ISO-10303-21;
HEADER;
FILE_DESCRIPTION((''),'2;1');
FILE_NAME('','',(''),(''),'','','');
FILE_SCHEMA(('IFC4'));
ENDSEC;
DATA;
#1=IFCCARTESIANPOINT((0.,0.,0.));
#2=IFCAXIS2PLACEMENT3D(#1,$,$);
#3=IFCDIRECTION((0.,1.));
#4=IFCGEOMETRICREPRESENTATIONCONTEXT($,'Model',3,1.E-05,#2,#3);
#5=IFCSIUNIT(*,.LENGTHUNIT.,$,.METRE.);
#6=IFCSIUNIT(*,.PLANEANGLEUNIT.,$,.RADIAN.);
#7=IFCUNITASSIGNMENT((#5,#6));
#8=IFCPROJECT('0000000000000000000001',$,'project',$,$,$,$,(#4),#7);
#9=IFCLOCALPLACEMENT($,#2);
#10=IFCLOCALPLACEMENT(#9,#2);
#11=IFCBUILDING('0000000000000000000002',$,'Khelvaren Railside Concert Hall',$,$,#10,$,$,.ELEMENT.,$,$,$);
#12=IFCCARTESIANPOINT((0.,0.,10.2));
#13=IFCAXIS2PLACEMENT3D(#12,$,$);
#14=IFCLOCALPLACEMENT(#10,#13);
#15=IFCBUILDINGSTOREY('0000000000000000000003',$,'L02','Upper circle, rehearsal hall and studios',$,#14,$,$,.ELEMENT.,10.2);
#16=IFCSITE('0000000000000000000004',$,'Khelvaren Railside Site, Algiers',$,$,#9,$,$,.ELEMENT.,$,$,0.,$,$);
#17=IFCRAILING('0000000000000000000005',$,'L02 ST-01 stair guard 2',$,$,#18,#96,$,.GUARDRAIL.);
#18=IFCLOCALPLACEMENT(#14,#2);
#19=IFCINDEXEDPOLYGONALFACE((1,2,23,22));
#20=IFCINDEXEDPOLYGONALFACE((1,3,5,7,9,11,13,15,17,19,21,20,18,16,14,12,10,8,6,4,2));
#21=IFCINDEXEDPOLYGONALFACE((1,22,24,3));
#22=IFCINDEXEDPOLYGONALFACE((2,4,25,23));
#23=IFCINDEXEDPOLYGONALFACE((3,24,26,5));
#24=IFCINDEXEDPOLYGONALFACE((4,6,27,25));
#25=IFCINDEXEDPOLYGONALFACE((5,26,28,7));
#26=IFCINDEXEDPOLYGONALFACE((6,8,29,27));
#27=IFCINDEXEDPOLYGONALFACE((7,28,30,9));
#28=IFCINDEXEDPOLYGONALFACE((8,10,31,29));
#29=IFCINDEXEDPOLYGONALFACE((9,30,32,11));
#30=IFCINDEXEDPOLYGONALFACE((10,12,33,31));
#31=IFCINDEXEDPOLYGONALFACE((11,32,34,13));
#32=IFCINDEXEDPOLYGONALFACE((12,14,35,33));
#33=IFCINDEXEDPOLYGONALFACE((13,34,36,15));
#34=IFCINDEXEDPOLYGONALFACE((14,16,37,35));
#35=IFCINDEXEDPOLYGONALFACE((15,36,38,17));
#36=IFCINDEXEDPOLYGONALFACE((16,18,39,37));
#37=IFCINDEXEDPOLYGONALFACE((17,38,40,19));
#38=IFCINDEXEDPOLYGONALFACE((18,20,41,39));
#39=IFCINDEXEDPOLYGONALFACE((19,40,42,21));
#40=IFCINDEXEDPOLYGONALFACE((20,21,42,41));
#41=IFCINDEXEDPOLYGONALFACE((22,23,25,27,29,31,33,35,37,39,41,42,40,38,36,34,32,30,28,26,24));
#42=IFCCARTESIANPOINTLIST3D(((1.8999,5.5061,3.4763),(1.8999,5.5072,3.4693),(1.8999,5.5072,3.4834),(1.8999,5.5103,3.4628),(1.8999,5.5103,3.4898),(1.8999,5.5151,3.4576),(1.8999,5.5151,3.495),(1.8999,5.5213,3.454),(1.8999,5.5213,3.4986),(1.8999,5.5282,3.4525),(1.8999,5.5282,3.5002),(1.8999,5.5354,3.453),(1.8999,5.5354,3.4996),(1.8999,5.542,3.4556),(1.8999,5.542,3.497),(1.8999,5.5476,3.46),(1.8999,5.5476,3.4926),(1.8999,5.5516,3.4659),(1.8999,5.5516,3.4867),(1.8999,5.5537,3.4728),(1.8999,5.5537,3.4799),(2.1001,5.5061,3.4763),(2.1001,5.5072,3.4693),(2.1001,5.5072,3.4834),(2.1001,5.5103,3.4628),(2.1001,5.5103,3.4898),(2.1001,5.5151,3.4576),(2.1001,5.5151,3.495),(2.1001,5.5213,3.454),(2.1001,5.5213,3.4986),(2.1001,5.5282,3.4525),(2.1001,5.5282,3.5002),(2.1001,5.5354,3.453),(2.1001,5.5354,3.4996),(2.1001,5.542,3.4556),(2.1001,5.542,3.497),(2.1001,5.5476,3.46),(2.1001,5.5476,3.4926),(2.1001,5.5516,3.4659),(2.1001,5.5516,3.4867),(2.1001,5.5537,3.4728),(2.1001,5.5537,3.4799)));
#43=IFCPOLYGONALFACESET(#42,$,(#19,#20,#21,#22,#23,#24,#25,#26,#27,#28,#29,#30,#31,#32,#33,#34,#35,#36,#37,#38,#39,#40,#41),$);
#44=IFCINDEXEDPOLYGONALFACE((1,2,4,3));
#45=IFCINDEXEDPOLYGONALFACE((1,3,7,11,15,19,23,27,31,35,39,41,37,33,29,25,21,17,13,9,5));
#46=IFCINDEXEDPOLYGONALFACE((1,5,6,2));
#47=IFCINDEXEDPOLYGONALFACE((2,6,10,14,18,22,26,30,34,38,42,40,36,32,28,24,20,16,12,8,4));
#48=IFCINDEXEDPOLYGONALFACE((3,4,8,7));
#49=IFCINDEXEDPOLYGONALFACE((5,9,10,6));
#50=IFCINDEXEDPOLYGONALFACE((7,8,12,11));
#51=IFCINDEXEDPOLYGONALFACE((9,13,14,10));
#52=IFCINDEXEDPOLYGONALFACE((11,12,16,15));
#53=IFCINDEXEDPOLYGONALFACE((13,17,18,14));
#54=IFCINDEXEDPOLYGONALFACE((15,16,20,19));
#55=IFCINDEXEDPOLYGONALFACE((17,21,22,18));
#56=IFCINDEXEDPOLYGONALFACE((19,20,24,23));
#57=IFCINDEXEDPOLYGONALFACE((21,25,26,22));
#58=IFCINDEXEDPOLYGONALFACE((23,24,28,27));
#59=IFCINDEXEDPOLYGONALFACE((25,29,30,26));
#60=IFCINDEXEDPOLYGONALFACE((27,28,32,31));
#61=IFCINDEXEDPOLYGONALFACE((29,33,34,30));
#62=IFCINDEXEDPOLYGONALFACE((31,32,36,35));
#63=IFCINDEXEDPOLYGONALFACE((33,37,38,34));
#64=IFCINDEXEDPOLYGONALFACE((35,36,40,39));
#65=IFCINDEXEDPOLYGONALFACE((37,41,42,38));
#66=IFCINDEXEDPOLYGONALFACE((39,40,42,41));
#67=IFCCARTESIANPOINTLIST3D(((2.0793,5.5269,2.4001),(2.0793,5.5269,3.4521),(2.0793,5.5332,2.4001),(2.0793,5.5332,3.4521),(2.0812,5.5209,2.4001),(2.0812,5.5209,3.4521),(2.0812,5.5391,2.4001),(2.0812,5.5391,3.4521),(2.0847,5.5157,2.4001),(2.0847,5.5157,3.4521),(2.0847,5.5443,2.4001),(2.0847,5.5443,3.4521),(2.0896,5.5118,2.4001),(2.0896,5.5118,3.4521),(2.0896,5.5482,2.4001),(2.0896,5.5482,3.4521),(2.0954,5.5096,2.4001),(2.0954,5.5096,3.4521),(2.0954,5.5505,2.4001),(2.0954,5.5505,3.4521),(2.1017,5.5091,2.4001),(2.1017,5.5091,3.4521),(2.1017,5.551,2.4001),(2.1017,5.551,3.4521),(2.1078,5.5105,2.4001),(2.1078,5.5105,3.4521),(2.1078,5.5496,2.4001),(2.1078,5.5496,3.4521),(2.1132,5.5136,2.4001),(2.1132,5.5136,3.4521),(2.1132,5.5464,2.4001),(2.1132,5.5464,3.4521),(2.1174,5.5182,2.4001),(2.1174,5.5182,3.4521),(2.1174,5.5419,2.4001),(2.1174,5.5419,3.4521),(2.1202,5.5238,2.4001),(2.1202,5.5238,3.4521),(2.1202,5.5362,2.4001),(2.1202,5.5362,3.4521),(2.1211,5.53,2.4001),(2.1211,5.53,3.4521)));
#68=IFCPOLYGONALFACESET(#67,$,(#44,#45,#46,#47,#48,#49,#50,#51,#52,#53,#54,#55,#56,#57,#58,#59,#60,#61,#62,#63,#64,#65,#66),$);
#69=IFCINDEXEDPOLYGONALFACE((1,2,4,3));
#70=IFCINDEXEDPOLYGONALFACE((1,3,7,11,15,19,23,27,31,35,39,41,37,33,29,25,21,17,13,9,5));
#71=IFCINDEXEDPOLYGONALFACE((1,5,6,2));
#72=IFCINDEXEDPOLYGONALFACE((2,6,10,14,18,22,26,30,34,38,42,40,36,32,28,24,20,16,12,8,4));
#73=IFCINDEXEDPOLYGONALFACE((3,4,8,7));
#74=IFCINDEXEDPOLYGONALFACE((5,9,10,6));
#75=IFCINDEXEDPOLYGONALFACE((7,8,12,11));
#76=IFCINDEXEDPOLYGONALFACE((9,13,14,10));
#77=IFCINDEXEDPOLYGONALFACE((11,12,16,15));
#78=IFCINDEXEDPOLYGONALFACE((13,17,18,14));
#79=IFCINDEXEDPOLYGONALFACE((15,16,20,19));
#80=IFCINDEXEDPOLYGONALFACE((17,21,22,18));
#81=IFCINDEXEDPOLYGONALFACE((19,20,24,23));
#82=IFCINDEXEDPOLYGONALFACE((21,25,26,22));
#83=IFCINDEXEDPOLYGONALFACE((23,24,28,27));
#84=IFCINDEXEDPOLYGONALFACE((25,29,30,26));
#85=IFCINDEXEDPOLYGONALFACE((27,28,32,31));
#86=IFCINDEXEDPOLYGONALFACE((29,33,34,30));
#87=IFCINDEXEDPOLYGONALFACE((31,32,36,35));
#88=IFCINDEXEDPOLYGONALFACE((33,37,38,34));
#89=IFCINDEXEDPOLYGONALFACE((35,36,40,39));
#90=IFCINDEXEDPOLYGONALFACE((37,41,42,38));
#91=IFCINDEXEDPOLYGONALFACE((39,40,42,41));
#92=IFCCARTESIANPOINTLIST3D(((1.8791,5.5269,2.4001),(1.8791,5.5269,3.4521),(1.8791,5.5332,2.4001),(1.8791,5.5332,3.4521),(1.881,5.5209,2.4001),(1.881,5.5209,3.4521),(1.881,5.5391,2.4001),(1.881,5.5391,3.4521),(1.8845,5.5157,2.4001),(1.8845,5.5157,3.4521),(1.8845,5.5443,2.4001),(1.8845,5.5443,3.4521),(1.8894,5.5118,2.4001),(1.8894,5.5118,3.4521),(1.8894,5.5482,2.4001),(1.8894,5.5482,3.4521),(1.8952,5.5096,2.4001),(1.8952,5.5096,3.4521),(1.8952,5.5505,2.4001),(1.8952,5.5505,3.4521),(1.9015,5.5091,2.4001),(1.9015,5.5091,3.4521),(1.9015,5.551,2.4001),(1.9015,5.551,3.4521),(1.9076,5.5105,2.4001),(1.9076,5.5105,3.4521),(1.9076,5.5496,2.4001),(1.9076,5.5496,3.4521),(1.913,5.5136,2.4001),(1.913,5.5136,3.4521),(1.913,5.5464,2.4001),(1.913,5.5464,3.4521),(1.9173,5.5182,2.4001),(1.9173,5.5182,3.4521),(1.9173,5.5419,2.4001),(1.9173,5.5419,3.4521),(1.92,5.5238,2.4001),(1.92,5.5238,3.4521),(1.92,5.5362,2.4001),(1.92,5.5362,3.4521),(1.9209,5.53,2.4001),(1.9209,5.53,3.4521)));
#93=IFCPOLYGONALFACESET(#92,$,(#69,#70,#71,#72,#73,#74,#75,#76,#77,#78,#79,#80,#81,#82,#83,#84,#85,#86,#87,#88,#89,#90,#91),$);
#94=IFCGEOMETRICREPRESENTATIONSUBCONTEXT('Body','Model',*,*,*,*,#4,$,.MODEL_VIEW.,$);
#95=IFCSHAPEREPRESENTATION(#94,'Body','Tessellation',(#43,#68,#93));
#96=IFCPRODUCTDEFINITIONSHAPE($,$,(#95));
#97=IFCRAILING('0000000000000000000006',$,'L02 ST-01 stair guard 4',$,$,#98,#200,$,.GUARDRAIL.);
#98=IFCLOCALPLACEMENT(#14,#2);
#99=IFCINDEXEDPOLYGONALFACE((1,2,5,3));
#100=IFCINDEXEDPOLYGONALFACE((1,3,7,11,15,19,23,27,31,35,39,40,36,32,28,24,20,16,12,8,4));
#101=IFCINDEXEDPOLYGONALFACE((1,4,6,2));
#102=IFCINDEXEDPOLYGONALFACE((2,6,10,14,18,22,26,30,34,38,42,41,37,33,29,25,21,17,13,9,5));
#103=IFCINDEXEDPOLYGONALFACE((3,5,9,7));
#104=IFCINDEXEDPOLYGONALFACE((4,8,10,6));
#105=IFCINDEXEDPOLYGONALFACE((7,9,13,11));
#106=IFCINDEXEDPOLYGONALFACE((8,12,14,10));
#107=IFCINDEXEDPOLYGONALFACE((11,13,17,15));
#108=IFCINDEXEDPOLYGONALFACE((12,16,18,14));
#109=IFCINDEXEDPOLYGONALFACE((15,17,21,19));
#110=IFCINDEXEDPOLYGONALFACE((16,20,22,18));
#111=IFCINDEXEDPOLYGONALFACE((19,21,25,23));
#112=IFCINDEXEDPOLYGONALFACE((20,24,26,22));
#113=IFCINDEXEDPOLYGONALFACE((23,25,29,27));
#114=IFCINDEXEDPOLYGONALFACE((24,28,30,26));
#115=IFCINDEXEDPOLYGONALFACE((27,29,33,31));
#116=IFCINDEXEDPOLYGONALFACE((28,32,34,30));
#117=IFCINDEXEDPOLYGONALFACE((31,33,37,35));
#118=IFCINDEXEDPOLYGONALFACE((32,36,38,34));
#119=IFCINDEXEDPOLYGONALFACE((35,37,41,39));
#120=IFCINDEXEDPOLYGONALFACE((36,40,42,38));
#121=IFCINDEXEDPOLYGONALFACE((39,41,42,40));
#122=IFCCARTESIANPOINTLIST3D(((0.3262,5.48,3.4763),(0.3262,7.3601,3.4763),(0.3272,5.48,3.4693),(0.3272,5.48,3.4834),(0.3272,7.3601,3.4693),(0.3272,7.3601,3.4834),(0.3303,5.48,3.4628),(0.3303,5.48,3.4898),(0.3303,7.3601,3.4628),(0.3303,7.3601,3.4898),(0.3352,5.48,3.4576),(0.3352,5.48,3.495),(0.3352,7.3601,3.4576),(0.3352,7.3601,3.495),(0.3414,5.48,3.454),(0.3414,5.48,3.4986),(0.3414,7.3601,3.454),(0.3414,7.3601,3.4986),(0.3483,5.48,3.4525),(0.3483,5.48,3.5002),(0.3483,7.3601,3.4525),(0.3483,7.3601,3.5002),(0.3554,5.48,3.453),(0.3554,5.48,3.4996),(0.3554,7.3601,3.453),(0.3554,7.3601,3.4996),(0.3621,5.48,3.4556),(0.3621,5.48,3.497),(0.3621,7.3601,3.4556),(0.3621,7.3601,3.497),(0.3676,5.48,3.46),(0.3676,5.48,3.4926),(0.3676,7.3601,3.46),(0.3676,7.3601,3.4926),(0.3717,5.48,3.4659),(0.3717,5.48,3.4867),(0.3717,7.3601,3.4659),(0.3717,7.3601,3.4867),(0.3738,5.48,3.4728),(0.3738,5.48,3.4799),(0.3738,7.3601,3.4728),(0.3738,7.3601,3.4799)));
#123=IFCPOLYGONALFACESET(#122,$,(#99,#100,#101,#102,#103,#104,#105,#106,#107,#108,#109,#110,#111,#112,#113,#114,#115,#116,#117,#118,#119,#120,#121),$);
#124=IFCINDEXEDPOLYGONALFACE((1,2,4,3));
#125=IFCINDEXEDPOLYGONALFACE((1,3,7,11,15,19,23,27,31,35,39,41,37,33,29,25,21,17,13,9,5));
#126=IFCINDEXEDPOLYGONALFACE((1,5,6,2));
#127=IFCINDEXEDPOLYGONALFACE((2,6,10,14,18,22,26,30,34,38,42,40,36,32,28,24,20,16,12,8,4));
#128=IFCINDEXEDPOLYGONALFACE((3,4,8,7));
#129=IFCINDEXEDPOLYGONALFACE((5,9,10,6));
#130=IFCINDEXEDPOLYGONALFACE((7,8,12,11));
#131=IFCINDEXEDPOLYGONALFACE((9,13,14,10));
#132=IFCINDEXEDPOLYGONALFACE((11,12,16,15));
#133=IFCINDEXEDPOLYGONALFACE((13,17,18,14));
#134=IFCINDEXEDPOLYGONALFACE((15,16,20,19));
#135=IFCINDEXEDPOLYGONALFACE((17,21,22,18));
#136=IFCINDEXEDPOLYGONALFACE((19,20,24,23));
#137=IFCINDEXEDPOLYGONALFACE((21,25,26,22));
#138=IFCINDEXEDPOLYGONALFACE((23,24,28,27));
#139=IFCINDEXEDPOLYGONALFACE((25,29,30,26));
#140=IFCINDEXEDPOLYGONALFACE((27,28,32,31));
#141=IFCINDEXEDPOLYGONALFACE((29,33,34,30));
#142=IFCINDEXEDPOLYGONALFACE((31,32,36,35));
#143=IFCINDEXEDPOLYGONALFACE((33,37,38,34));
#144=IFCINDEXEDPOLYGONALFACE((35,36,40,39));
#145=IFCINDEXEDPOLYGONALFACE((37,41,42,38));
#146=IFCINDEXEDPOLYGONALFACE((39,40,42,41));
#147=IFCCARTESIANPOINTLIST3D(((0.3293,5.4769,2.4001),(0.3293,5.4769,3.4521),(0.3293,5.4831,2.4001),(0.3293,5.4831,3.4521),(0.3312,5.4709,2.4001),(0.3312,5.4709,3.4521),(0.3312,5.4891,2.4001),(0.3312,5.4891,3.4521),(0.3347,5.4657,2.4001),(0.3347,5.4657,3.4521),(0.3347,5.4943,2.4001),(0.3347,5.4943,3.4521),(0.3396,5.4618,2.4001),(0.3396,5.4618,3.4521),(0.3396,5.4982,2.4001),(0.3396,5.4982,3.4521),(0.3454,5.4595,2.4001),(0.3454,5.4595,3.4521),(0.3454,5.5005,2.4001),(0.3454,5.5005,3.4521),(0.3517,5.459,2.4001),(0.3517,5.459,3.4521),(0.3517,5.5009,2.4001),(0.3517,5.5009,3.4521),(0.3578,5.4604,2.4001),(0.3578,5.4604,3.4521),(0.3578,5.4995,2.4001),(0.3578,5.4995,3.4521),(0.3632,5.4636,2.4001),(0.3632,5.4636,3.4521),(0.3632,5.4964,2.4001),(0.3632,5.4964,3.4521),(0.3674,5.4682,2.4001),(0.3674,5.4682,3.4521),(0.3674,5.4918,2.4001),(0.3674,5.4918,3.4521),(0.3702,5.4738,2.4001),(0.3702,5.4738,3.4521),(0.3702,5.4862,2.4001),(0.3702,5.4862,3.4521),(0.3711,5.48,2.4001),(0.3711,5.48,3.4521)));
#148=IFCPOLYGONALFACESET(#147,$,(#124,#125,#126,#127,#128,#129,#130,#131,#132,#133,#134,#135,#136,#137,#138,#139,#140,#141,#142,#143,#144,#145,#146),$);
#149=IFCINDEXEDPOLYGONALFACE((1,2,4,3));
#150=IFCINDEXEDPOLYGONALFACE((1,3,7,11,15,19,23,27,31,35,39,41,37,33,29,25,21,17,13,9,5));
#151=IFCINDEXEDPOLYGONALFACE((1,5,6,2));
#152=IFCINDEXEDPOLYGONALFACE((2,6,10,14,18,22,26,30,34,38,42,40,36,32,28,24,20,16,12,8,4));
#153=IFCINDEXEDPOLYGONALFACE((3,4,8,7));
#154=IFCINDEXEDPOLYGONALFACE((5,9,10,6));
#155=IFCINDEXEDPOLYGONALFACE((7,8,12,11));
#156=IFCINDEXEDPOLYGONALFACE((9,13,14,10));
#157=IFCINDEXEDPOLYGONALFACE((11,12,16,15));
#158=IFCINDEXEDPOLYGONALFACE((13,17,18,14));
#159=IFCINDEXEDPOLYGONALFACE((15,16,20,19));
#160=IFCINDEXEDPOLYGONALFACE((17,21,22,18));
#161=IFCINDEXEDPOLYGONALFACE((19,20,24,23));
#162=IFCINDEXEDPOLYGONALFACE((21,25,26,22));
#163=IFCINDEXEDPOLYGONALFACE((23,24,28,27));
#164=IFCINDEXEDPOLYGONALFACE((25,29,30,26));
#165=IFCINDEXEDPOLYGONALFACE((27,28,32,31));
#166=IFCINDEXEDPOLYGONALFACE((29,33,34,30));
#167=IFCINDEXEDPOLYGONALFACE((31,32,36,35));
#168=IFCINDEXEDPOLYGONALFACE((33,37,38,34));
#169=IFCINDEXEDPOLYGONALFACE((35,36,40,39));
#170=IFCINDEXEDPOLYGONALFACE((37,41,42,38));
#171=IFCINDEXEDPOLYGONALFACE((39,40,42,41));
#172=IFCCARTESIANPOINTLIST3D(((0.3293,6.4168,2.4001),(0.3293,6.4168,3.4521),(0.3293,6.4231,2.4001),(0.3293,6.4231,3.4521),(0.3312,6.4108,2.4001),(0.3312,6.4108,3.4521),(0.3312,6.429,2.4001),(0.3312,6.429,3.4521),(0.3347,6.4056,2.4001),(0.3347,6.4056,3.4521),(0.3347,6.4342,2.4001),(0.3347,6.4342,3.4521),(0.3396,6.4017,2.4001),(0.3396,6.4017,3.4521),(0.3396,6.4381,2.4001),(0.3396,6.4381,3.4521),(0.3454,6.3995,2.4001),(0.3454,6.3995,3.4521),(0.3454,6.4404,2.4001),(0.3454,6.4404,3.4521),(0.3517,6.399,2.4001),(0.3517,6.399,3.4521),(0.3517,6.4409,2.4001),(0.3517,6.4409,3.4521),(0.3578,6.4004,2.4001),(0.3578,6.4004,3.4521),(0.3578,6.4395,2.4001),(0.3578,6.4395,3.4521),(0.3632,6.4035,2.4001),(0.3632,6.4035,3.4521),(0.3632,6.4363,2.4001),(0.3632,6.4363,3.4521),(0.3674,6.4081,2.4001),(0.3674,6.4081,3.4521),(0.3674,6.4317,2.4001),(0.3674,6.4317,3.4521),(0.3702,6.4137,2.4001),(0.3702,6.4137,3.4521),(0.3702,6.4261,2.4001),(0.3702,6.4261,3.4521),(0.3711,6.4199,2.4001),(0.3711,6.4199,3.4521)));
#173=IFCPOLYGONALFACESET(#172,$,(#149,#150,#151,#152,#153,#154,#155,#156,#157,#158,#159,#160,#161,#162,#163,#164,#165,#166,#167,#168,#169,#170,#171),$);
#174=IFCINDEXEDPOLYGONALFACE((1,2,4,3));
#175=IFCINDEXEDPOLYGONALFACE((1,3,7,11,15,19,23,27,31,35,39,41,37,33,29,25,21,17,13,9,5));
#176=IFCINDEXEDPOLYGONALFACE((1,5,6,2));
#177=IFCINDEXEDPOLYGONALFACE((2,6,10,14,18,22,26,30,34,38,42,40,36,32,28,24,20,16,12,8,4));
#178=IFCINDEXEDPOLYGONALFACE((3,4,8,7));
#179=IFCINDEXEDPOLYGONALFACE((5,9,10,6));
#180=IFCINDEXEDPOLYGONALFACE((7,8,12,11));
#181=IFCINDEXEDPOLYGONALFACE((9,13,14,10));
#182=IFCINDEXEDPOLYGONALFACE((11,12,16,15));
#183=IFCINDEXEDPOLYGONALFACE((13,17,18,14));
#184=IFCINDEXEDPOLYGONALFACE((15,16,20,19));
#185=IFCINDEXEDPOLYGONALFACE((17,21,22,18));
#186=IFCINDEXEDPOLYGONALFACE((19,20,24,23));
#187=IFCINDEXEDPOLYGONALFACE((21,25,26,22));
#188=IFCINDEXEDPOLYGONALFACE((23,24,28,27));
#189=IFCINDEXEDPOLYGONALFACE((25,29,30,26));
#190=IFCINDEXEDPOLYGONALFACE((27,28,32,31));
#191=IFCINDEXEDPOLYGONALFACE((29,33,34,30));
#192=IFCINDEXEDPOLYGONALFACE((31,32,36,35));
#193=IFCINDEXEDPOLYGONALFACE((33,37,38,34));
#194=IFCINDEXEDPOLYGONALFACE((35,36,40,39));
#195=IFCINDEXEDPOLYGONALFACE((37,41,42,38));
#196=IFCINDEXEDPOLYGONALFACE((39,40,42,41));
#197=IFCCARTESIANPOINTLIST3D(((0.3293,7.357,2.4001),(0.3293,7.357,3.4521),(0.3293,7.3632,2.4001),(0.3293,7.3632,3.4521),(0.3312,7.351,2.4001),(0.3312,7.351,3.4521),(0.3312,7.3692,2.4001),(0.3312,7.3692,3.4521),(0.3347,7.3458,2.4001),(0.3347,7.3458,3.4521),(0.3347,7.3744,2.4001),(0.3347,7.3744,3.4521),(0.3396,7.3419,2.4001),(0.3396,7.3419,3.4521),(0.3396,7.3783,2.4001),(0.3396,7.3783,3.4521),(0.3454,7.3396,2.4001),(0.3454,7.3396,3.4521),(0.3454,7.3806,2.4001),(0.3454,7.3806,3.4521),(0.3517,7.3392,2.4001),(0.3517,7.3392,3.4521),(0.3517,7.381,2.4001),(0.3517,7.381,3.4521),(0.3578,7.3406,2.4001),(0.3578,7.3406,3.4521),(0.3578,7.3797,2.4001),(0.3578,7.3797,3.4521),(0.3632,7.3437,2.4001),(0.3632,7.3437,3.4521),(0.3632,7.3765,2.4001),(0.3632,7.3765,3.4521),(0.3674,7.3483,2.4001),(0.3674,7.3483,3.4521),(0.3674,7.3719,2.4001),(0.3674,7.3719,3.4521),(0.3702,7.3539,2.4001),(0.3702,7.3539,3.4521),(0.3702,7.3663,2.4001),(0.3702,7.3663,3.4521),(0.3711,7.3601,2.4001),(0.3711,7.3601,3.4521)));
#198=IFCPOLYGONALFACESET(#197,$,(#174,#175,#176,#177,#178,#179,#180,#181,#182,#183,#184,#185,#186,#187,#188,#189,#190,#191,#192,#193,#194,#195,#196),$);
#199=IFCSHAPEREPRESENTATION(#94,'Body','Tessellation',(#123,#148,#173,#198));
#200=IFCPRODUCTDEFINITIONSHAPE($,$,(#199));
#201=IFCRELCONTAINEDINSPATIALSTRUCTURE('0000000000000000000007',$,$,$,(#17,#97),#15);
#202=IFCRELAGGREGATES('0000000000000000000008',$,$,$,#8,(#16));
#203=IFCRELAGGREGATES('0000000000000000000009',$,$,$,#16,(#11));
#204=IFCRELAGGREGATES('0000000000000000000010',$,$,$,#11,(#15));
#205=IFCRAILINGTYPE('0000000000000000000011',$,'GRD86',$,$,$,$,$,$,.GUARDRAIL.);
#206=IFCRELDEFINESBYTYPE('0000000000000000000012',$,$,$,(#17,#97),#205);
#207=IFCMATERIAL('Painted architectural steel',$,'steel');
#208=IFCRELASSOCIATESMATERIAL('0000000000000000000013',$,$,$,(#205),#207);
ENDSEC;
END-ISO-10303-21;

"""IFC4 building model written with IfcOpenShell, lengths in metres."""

from ifc_helpers import new_model, si_unit, direction, frame, origin, origin_2d, place, context, subcontext, project, spatial, circle, extrude, material, type_object, element, save


model = new_model("IFC4")

# Units and contexts
model_context = context("Model", 3, precision=1e-05, world=origin(), true_north=direction((0.0, 1.0)))
body_context = subcontext(model_context, "Body", "Model", "MODEL_VIEW")
ifc_project = project(units=[si_unit("LENGTHUNIT", "METRE"), si_unit("PLANEANGLEUNIT", "RADIAN")], contexts=[model_context])

# Site, building, storey
site_placement = place(None, origin())
site = spatial("IfcSite", under=ifc_project, at=site_placement, Name="Khelvaren Railside Site, Algiers", CompositionType="ELEMENT", RefElevation=0.0)
building_placement = place(site_placement, origin())
building = spatial("IfcBuilding", under=site, at=building_placement, Name="Khelvaren Railside Concert Hall", CompositionType="ELEMENT")
storey_placement = place(building_placement, frame((0.0, 0.0, 10.2)))
storey = spatial("IfcBuildingStorey", under=building, at=storey_placement, Name="L02", Description="Upper circle, rehearsal hall and studios", CompositionType="ELEMENT", Elevation=10.2)

# Railings
ifc_material_1 = material(Name="Painted architectural steel", Category="steel")
railing_type_1 = type_object("IfcRailingType", Name="GRD86", PredefinedType="GUARDRAIL", material=ifc_material_1)
railing_1_placement = place(storey_placement, frame((2.1001, 5.53, 2.4001)))
element("IfcRailing", 1, at=railing_1_placement, inside=storey, type_object=railing_type_1, Name="L02 ST-01 stair guard 2", PredefinedType="GUARDRAIL", context=body_context, shape_type="SweptSolid", body=[
    extrude(circle(Radius=0.0239, at=origin_2d()), frame((0.0, 0.0, 1.0762), z_axis=(-1.0, 0.0, 0.0), x_axis=(0.0, -1.0, 0.0)), (0.0, 0.0, 1.0), 0.2002),
    extrude(circle(Radius=0.021, at=origin_2d()), origin(), (0.0, 0.0, 1.0), 1.052),
    extrude(circle(Radius=0.021, at=origin_2d()), frame((-0.2002, 0.0, 0.0)), (0.0, 0.0, 1.0), 1.052),
])
railing_2_placement = place(storey_placement, frame((0.3501, 5.48, 2.4001)))
element("IfcRailing", 2, at=railing_2_placement, inside=storey, type_object=railing_type_1, Name="L02 ST-01 stair guard 4", PredefinedType="GUARDRAIL", context=body_context, shape_type="SweptSolid", body=[
    extrude(circle(Radius=0.0239, at=origin_2d()), frame((0.0, 0.0, 1.0762), z_axis=(0.0, 1.0, 0.0), x_axis=(-1.0, 0.0, 0.0)), (0.0, 0.0, 1.0), 1.8801),
    extrude(circle(Radius=0.021, at=origin_2d()), origin(), (0.0, 0.0, 1.0), 1.052),
    extrude(circle(Radius=0.021, at=origin_2d()), frame((0.0, 0.9399, 0.0)), (0.0, 0.0, 1.0), 1.052),
    extrude(circle(Radius=0.021, at=origin_2d()), frame((0.0, 1.8801, 0.0)), (0.0, 0.0, 1.0), 1.052),
])

save(model, "model.ifc")
